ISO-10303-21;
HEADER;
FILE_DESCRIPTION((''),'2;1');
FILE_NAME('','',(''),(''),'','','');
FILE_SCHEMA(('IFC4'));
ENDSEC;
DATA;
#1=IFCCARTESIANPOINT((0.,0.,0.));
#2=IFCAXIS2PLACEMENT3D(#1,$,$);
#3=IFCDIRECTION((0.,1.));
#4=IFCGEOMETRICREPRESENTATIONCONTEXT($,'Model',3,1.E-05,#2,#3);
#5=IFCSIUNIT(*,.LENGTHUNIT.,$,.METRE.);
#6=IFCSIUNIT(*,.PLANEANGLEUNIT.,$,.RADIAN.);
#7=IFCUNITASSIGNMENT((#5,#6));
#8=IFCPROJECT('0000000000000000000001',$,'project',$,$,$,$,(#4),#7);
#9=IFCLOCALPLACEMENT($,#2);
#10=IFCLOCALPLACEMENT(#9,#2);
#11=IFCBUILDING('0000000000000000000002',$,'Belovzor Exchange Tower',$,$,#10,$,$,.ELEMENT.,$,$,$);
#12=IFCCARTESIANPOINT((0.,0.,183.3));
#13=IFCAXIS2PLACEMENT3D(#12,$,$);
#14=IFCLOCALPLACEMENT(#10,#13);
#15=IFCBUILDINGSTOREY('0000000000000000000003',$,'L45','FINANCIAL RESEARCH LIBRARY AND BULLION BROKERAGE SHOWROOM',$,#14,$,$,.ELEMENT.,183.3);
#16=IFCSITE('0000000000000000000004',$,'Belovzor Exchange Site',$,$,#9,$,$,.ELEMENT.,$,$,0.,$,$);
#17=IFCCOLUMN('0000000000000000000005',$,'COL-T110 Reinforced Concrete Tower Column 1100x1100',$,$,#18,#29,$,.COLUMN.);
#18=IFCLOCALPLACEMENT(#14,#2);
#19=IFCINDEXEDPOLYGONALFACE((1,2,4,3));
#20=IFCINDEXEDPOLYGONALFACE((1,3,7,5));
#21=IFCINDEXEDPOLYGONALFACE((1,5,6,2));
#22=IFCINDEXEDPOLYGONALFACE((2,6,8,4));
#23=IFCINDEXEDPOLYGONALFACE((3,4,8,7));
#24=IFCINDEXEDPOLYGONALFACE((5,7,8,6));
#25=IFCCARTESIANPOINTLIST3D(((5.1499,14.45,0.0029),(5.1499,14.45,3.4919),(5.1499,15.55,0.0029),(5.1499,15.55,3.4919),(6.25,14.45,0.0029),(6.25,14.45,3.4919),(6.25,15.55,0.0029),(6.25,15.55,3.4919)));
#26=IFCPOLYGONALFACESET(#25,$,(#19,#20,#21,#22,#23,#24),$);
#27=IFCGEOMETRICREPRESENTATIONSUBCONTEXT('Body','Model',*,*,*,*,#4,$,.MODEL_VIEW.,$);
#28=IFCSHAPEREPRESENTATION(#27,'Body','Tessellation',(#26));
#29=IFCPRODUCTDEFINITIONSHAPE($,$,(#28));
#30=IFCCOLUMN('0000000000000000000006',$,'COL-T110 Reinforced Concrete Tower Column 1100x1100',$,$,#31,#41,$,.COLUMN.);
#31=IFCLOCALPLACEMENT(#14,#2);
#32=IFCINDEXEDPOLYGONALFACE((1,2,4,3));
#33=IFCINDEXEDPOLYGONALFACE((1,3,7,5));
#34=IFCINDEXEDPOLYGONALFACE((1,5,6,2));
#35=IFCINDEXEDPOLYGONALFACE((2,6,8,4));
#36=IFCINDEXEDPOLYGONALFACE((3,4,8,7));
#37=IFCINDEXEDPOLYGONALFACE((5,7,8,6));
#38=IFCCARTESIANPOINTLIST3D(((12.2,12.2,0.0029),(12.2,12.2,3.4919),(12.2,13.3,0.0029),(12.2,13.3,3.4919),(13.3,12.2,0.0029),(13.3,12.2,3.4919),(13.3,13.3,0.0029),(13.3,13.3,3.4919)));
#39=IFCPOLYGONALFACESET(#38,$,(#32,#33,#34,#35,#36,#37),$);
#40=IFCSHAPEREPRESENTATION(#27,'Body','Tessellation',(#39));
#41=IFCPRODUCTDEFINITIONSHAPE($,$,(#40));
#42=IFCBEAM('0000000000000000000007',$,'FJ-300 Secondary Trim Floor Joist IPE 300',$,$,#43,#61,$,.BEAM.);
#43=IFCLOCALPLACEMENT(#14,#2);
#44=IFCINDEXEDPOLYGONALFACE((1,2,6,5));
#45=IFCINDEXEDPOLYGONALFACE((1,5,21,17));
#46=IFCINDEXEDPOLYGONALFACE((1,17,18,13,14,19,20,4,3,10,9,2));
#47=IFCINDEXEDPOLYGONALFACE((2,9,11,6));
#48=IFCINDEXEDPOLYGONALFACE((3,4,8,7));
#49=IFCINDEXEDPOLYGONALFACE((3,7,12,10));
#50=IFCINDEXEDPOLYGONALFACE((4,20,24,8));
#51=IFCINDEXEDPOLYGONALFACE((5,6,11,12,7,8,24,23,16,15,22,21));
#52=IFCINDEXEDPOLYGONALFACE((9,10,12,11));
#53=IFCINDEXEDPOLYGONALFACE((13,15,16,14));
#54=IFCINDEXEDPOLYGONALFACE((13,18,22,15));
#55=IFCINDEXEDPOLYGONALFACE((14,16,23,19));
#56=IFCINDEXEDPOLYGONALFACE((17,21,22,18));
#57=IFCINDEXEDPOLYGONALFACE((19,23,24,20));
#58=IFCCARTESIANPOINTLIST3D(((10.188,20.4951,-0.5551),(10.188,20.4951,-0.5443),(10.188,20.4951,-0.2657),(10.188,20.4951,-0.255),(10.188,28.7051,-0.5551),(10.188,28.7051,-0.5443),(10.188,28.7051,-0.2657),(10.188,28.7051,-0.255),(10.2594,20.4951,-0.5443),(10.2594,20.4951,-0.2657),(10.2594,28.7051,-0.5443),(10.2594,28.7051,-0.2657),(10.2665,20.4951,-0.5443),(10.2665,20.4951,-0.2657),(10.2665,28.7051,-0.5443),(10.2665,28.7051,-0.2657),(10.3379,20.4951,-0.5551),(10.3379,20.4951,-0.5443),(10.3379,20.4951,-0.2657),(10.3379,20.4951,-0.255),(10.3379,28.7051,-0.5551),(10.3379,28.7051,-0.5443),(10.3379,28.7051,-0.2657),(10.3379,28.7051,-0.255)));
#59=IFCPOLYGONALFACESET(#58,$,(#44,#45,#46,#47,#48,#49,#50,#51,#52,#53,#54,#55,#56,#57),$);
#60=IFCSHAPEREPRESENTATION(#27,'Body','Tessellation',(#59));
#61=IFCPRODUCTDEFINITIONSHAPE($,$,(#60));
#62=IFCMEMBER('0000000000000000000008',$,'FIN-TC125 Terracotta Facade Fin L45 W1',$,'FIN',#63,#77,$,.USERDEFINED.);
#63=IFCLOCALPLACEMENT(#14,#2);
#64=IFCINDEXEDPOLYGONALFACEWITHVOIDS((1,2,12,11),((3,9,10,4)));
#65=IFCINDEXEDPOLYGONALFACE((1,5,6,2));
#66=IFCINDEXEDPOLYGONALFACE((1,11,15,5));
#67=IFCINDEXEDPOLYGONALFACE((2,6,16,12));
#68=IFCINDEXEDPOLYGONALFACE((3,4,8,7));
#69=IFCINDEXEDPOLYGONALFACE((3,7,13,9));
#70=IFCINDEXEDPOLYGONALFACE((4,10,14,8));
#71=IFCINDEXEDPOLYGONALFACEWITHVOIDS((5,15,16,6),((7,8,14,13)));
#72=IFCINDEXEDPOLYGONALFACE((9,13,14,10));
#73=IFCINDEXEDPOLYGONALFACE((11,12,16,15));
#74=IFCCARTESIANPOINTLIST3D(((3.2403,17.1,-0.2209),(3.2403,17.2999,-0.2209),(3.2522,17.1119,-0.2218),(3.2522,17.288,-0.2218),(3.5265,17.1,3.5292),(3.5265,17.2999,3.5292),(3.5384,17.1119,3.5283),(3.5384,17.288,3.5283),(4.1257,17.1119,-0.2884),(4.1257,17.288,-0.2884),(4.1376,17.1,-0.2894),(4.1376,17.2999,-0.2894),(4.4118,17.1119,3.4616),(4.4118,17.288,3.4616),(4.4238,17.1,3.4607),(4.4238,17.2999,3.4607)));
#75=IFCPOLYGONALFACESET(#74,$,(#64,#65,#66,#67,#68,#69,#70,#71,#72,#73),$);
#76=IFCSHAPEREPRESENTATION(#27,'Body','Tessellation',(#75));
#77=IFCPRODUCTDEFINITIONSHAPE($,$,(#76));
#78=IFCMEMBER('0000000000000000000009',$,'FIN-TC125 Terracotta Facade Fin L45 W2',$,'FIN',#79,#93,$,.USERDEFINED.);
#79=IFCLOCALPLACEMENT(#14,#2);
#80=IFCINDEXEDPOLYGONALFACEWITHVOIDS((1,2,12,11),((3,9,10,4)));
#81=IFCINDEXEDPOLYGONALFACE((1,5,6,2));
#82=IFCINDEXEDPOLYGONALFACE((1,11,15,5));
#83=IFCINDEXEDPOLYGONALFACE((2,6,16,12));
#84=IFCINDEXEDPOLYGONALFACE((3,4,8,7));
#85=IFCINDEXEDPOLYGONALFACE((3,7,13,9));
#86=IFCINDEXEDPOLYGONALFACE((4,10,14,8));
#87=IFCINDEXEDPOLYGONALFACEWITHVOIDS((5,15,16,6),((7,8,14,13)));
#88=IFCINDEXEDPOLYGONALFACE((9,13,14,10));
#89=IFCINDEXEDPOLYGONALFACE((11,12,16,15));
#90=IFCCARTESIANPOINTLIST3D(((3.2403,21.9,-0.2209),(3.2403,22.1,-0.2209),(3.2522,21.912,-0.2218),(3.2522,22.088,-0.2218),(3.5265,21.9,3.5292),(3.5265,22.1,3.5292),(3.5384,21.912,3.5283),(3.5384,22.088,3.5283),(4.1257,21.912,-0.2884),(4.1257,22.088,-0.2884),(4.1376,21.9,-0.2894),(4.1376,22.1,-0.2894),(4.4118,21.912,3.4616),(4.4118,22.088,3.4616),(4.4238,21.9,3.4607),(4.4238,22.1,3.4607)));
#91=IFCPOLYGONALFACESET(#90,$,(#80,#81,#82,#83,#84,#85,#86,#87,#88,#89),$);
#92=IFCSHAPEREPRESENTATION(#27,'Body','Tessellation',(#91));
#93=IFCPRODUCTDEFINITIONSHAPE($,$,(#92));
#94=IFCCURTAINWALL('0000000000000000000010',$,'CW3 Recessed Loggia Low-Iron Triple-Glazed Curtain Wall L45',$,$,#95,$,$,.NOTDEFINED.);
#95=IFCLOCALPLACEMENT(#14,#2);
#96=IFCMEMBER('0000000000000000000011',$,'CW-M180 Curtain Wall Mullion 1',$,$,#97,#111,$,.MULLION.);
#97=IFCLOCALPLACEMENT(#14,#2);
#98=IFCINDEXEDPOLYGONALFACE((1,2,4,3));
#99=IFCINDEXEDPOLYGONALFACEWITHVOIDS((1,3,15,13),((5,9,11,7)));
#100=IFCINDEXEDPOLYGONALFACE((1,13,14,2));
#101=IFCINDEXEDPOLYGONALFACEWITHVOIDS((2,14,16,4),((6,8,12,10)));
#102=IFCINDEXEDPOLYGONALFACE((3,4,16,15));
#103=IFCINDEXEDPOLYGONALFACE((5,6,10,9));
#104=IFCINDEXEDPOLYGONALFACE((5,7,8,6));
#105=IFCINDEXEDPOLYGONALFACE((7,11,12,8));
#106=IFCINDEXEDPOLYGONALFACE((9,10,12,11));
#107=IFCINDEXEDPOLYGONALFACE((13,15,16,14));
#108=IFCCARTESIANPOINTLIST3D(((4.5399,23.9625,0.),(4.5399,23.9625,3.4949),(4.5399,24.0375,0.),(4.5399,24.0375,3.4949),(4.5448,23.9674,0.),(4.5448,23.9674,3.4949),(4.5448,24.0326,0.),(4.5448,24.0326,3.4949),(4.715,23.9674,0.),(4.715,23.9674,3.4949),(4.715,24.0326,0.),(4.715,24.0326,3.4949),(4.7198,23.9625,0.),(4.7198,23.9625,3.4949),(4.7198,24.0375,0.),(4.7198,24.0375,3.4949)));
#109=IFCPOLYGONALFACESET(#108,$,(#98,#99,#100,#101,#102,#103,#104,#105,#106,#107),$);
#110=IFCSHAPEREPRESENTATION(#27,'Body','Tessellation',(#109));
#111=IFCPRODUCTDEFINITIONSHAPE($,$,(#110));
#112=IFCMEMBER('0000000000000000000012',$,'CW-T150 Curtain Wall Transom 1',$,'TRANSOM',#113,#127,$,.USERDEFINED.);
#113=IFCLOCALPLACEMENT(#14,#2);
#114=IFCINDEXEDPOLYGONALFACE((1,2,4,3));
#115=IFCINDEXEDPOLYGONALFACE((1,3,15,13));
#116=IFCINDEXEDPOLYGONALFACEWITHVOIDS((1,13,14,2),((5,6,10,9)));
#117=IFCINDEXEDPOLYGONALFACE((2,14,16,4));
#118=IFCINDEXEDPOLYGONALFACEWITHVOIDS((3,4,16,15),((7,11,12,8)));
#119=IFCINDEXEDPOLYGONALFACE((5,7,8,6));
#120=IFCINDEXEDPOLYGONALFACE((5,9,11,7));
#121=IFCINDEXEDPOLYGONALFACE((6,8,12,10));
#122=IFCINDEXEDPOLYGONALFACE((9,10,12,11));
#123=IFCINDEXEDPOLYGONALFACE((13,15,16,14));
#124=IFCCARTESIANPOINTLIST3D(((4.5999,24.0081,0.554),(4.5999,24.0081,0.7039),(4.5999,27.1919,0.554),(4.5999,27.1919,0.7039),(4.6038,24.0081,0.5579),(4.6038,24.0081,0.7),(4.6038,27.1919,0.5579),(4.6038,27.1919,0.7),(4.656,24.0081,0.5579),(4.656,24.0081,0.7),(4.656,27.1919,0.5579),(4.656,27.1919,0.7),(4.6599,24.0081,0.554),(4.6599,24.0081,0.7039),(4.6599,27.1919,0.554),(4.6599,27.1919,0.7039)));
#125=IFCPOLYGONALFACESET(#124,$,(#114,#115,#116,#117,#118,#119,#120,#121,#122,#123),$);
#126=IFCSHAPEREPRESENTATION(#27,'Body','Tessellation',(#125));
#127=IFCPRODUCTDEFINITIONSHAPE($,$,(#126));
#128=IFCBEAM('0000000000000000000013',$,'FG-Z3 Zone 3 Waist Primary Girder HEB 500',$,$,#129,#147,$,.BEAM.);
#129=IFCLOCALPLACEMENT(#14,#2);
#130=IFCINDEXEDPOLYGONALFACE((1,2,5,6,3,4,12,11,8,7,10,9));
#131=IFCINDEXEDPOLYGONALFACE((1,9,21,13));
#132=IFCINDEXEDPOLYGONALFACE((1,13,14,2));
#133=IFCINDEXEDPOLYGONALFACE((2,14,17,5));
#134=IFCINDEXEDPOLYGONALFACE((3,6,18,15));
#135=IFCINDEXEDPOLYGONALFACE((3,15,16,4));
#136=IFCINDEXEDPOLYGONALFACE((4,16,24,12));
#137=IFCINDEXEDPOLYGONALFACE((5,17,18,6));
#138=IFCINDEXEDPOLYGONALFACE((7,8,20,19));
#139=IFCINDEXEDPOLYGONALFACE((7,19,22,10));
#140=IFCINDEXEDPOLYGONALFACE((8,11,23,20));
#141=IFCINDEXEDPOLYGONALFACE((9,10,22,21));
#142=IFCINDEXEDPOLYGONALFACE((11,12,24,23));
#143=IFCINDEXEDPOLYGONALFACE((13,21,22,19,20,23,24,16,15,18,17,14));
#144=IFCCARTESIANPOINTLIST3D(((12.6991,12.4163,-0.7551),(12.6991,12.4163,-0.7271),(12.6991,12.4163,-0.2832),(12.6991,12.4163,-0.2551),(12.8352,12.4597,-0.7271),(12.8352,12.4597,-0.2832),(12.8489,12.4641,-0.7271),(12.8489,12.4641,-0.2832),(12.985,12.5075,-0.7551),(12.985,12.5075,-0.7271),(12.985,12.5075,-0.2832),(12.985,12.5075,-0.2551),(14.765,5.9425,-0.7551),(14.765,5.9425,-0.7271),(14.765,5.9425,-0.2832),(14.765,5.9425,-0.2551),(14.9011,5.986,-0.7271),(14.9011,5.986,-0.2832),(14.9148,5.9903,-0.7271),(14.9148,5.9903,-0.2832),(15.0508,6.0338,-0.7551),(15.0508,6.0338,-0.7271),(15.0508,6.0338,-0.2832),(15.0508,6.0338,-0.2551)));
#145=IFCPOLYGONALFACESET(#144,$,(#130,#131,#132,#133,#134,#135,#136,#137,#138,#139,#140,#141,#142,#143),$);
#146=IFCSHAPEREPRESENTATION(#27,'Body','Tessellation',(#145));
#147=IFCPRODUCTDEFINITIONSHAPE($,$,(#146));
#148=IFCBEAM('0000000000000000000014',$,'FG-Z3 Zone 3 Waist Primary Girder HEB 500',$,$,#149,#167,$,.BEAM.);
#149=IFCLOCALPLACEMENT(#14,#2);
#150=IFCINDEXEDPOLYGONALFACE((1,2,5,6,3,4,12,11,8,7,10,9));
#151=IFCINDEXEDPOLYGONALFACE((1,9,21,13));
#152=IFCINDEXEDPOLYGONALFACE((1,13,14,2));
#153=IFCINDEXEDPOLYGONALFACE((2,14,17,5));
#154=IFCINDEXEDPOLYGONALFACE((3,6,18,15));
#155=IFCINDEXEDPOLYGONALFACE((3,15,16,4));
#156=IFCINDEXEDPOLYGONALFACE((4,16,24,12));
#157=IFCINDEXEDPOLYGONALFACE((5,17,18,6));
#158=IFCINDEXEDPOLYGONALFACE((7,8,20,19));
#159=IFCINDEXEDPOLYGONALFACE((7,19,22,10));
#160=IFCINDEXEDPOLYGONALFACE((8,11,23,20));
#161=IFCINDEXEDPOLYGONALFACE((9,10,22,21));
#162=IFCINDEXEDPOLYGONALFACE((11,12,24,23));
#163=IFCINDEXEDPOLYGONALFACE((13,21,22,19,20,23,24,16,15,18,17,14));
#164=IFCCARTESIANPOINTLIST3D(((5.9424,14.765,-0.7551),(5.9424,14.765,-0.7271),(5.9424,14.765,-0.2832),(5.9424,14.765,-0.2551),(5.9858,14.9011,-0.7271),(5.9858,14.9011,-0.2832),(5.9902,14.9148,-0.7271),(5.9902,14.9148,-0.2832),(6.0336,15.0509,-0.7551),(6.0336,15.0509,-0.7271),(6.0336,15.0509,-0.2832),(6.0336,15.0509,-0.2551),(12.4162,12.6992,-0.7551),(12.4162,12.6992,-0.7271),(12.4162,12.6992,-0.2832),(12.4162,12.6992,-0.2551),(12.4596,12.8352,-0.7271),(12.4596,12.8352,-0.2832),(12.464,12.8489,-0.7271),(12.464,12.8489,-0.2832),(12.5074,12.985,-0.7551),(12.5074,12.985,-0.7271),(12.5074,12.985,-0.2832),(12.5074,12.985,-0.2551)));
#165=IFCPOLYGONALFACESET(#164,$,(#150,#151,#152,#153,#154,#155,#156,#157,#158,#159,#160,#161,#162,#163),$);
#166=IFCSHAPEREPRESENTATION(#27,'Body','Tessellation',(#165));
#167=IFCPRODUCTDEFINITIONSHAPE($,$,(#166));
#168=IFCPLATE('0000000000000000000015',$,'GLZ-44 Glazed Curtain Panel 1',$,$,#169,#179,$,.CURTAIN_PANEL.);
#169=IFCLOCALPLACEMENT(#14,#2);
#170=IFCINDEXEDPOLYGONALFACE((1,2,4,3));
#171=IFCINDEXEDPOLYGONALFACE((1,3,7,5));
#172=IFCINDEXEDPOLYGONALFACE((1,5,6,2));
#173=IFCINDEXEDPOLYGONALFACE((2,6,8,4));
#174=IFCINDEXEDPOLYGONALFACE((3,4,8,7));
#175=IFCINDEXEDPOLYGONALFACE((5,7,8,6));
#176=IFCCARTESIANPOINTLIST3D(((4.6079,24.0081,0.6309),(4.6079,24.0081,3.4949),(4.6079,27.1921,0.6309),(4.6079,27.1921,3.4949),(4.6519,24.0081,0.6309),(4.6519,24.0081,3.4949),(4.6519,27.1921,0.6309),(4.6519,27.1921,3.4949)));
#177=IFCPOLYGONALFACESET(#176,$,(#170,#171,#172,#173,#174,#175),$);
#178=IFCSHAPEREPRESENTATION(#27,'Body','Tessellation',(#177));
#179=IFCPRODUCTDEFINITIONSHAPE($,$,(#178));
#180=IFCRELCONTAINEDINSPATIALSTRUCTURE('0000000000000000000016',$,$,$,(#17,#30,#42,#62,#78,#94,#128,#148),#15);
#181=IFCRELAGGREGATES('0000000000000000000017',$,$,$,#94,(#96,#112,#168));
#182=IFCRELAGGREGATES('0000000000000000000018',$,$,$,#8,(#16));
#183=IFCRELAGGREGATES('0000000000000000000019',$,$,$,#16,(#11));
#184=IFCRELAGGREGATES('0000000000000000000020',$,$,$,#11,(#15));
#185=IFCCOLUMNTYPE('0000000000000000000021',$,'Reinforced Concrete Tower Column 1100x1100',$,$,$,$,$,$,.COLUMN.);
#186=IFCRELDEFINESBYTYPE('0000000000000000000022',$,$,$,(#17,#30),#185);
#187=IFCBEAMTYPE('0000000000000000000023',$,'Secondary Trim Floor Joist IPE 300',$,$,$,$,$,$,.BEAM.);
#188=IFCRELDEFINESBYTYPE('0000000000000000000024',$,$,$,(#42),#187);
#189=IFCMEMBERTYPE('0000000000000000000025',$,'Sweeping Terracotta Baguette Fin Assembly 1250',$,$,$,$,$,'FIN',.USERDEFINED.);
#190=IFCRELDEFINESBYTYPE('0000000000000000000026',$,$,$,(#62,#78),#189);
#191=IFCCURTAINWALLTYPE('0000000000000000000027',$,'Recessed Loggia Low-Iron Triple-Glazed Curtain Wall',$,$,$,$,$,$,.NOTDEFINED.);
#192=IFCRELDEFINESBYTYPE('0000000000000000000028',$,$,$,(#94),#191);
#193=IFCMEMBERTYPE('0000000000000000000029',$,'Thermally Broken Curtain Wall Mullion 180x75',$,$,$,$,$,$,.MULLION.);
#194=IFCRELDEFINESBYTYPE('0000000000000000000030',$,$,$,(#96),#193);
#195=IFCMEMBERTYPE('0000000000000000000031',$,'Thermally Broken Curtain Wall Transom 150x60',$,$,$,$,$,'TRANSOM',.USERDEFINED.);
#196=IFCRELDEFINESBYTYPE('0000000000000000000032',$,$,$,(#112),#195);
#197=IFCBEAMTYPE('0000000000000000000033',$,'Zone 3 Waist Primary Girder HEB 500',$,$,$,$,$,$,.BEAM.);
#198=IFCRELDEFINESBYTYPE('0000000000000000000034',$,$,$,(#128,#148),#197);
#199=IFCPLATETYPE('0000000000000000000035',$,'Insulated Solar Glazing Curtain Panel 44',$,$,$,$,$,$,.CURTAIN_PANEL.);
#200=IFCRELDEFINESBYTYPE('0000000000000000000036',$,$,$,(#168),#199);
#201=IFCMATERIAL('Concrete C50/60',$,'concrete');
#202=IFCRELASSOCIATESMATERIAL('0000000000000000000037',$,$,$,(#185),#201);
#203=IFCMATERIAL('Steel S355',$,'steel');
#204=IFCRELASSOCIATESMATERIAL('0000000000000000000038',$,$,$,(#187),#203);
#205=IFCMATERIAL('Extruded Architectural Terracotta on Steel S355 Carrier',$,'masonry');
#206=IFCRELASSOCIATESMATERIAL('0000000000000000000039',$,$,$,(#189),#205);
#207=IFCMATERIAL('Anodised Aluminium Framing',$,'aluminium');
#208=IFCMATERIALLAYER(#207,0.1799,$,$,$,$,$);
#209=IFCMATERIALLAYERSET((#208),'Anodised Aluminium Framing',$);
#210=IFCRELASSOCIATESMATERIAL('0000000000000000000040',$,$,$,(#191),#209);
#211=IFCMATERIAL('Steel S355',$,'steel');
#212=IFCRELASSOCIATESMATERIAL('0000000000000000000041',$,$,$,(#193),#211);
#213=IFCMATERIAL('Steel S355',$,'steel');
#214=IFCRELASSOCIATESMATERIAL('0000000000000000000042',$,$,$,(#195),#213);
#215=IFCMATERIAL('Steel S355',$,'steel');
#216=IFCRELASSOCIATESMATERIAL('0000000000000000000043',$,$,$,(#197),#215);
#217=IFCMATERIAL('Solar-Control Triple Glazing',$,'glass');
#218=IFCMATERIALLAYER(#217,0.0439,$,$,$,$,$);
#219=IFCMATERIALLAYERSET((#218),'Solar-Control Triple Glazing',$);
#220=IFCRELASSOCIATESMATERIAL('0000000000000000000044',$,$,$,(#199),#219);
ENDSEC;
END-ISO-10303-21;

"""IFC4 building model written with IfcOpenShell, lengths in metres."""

from ifc_helpers import new_model, si_unit, direction, frame, origin, origin_2d, place, context, subcontext, project, spatial, rectangle, hollow_rectangle, i_section, extrude, material, layer, layer_set, material_profile, profile_set, type_object, element, aggregate, save


model = new_model("IFC4")

# Units and contexts
model_context = context("Model", 3, precision=1e-05, world=origin(), true_north=direction((0.0, 1.0)))
body_context = subcontext(model_context, "Body", "Model", "MODEL_VIEW")
ifc_project = project(units=[si_unit("LENGTHUNIT", "METRE"), si_unit("PLANEANGLEUNIT", "RADIAN")], contexts=[model_context])

# Site, building, storey
site_placement = place(None, origin())
site = spatial("IfcSite", under=ifc_project, at=site_placement, Name="Belovzor Exchange Site", CompositionType="ELEMENT", RefElevation=0.0)
building_placement = place(site_placement, origin())
building = spatial("IfcBuilding", under=site, at=building_placement, Name="Belovzor Exchange Tower", CompositionType="ELEMENT")
storey_placement = place(building_placement, frame((0.0, 0.0, 183.3)))
storey = spatial("IfcBuildingStorey", under=building, at=storey_placement, Name="L45", Description="FINANCIAL RESEARCH LIBRARY AND BULLION BROKERAGE SHOWROOM", CompositionType="ELEMENT", Elevation=183.3)

# Columns
ifc_material_1 = material(Name="Concrete C50/60", Category="concrete")
ifc_material_profile_1 = material_profile(ifc_material_1, rectangle(XDim=1.1001, YDim=1.1001, at=origin_2d()))
ifc_profile_set_1 = profile_set([ifc_material_profile_1], Name="Concrete C50/60")
column_type = type_object("IfcColumnType", Name="Reinforced Concrete Tower Column 1100x1100", PredefinedType="COLUMN", material=ifc_profile_set_1)
for number, where, z_axis, x_axis, name in (
    (1, (5.7, 15.0, 0.0029), (0.0, 0.0, 1.0), (1.0, 0.0, 0.0), "COL-T110 Reinforced Concrete Tower Column 1100x1100"),
    (2, (12.75, 12.75, 0.0029), (0.0, 0.0, 1.0), (1.0, 0.0, 0.0), "COL-T110 Reinforced Concrete Tower Column 1100x1100"),
):
    element("IfcColumn", number, at=place(storey_placement, frame(where, z_axis=z_axis, x_axis=x_axis)), inside=storey, type_object=column_type, Name=name, PredefinedType="COLUMN", context=body_context, shape_type="SweptSolid", body=[
        extrude(rectangle(XDim=1.1001, YDim=1.1001, at=origin_2d()), origin(), (0.0, 0.0, 1.0), 3.489),
    ])

# Beam
ifc_material_2 = material(Name="Steel S355", Category="steel")
ifc_material_profile_2 = material_profile(ifc_material_2, i_section(OverallWidth=0.1499, OverallDepth=0.3, WebThickness=0.0071, FlangeThickness=0.0107, at=origin_2d()))
ifc_profile_set_2 = profile_set([ifc_material_profile_2], Name="Steel S355")
beam_type_1 = type_object("IfcBeamType", Name="Secondary Trim Floor Joist IPE 300", PredefinedType="BEAM", material=ifc_profile_set_2)
beam_placement = place(storey_placement, frame((10.2629, 20.4951, -0.405), z_axis=(0.0, 1.0, 0.0), x_axis=(-1.0, 0.0, 0.0)))
element("IfcBeam", 3, at=beam_placement, inside=storey, type_object=beam_type_1, Name="FJ-300 Secondary Trim Floor Joist IPE 300", PredefinedType="BEAM", context=body_context, shape_type="SweptSolid", body=[
    extrude(i_section(OverallWidth=0.1499, OverallDepth=0.3, WebThickness=0.0071, FlangeThickness=0.0107, at=origin_2d()), origin(), (0.0, 0.0, 1.0), 8.21),
])

# Members
ifc_material_3 = material(Name="Extruded Architectural Terracotta on Steel S355 Carrier", Category="masonry")
ifc_material_profile_3 = material_profile(ifc_material_3, hollow_rectangle(XDim=0.2, YDim=0.8999, WallThickness=0.012, at=origin_2d()))
ifc_profile_set_3 = profile_set([ifc_material_profile_3], Name="Extruded Architectural Terracotta on Steel S355 Carrier")
member_type_1 = type_object("IfcMemberType", Name="Sweeping Terracotta Baguette Fin Assembly 1250", ElementType="FIN", PredefinedType="USERDEFINED", material=ifc_profile_set_3)
for number, where, z_axis, x_axis, name in (
    (4, (3.689, 17.2, -0.2551), (0.076081, 0.0, 0.997102), (0.0, 1.0, 0.0), "FIN-TC125 Terracotta Facade Fin L45 W1"),
    (5, (3.689, 22.0, -0.2551), (0.076081, 0.0, 0.997102), (0.0, 1.0, 0.0), "FIN-TC125 Terracotta Facade Fin L45 W2"),
):
    element("IfcMember", number, at=place(storey_placement, frame(where, z_axis=z_axis, x_axis=x_axis)), inside=storey, type_object=member_type_1, Name=name, ObjectType="FIN", PredefinedType="USERDEFINED", context=body_context, shape_type="SweptSolid", body=[
        extrude(hollow_rectangle(XDim=0.2, YDim=0.8999, WallThickness=0.012, at=origin_2d()), origin(), (0.0, 0.0, 1.0), 3.761),
    ])

# Curtain wall, members
ifc_material_4 = material(Name="Anodised Aluminium Framing", Category="aluminium")
ifc_layer_1 = layer(ifc_material_4, 0.1799)
ifc_layer_set_1 = layer_set([ifc_layer_1], Name="Anodised Aluminium Framing")
curtain_wall_type = type_object("IfcCurtainWallType", Name="Recessed Loggia Low-Iron Triple-Glazed Curtain Wall", PredefinedType="NOTDEFINED", material=ifc_layer_set_1)
curtain_wall_placement = place(storey_placement, origin())
curtain_wall = element("IfcCurtainWall", 6, at=curtain_wall_placement, inside=storey, type_object=curtain_wall_type, Name="CW3 Recessed Loggia Low-Iron Triple-Glazed Curtain Wall L45", PredefinedType="NOTDEFINED")
ifc_material_5 = material(Name="Steel S355", Category="steel")
ifc_material_profile_4 = material_profile(ifc_material_5, hollow_rectangle(XDim=0.075, YDim=0.1799, WallThickness=0.0049, at=origin_2d()))
ifc_profile_set_4 = profile_set([ifc_material_profile_4], Name="Steel S355")
member_type_2 = type_object("IfcMemberType", Name="Thermally Broken Curtain Wall Mullion 180x75", PredefinedType="MULLION", material=ifc_profile_set_4)
member_1_placement = place(storey_placement, frame((4.6299, 24.0, 0.0), z_axis=(0.0, 0.0, 1.0), x_axis=(0.0, 1.0, 0.0)))
member_1 = element("IfcMember", 7, at=member_1_placement, type_object=member_type_2, Name="CW-M180 Curtain Wall Mullion 1", PredefinedType="MULLION", context=body_context, shape_type="SweptSolid", body=[
    extrude(hollow_rectangle(XDim=0.075, YDim=0.1799, WallThickness=0.0049, at=origin_2d()), origin(), (0.0, 0.0, 1.0), 3.4949),
])
ifc_material_6 = material(Name="Steel S355", Category="steel")
ifc_material_profile_5 = material_profile(ifc_material_6, hollow_rectangle(XDim=0.0601, YDim=0.1499, WallThickness=0.0039, at=origin_2d()))
ifc_profile_set_5 = profile_set([ifc_material_profile_5], Name="Steel S355")
member_type_3 = type_object("IfcMemberType", Name="Thermally Broken Curtain Wall Transom 150x60", ElementType="TRANSOM", PredefinedType="USERDEFINED", material=ifc_profile_set_5)
member_2_placement = place(storey_placement, frame((4.6299, 24.0081, 0.6289), z_axis=(0.0, 1.0, 0.0), x_axis=(-1.0, 0.0, 0.0)))
member_2 = element("IfcMember", 8, at=member_2_placement, type_object=member_type_3, Name="CW-T150 Curtain Wall Transom 1", ObjectType="TRANSOM", PredefinedType="USERDEFINED", context=body_context, shape_type="SweptSolid", body=[
    extrude(hollow_rectangle(XDim=0.0601, YDim=0.1499, WallThickness=0.0039, at=origin_2d()), origin(), (0.0, 0.0, 1.0), 3.1838),
])

# Beams
ifc_material_7 = material(Name="Steel S355", Category="steel")
ifc_material_profile_6 = material_profile(ifc_material_7, i_section(OverallWidth=0.3, OverallDepth=0.5, WebThickness=0.0144, FlangeThickness=0.0281, at=origin_2d()))
ifc_profile_set_6 = profile_set([ifc_material_profile_6], Name="Steel S355")
beam_type_2 = type_object("IfcBeamType", Name="Zone 3 Waist Primary Girder HEB 500", PredefinedType="BEAM", material=ifc_profile_set_6)
for number, where, z_axis, x_axis, name in (
    (9, (12.842, 12.4619, -0.5051), (0.304012, -0.952668, 0.0), (0.952668, 0.304012, 0.0), "FG-Z3 Zone 3 Waist Primary Girder HEB 500"),
    (10, (5.988, 14.908, -0.5051), (0.952668, -0.304012, 0.0), (0.304012, 0.952668, 0.0), "FG-Z3 Zone 3 Waist Primary Girder HEB 500"),
):
    element("IfcBeam", number, at=place(storey_placement, frame(where, z_axis=z_axis, x_axis=x_axis)), inside=storey, type_object=beam_type_2, Name=name, PredefinedType="BEAM", context=body_context, shape_type="SweptSolid", body=[
        extrude(i_section(OverallWidth=0.3, OverallDepth=0.5, WebThickness=0.0144, FlangeThickness=0.0281, at=origin_2d()), origin(), (0.0, 0.0, 1.0), 6.7954),
    ])

# Plate
ifc_material_8 = material(Name="Solar-Control Triple Glazing", Category="glass")
ifc_layer_2 = layer(ifc_material_8, 0.0439)
ifc_layer_set_2 = layer_set([ifc_layer_2], Name="Solar-Control Triple Glazing")
plate_type_1 = type_object("IfcPlateType", Name="Insulated Solar Glazing Curtain Panel 44", PredefinedType="CURTAIN_PANEL", material=ifc_layer_set_2)
plate_1_placement = place(storey_placement, frame((4.6299, 25.6001, 0.6309), z_axis=(0.0, 0.0, 1.0), x_axis=(0.0, 1.0, 0.0)))
plate_1 = element("IfcPlate", 11, at=plate_1_placement, type_object=plate_type_1, Name="GLZ-44 Glazed Curtain Panel 1", PredefinedType="CURTAIN_PANEL", context=body_context, shape_type="SweptSolid", body=[
    extrude(rectangle(XDim=3.1841, YDim=0.0439, at=origin_2d()), origin(), (0.0, 0.0, 1.0), 2.864),
])

aggregate(curtain_wall, [member_1, member_2, plate_1])

save(model, "model.ifc")
